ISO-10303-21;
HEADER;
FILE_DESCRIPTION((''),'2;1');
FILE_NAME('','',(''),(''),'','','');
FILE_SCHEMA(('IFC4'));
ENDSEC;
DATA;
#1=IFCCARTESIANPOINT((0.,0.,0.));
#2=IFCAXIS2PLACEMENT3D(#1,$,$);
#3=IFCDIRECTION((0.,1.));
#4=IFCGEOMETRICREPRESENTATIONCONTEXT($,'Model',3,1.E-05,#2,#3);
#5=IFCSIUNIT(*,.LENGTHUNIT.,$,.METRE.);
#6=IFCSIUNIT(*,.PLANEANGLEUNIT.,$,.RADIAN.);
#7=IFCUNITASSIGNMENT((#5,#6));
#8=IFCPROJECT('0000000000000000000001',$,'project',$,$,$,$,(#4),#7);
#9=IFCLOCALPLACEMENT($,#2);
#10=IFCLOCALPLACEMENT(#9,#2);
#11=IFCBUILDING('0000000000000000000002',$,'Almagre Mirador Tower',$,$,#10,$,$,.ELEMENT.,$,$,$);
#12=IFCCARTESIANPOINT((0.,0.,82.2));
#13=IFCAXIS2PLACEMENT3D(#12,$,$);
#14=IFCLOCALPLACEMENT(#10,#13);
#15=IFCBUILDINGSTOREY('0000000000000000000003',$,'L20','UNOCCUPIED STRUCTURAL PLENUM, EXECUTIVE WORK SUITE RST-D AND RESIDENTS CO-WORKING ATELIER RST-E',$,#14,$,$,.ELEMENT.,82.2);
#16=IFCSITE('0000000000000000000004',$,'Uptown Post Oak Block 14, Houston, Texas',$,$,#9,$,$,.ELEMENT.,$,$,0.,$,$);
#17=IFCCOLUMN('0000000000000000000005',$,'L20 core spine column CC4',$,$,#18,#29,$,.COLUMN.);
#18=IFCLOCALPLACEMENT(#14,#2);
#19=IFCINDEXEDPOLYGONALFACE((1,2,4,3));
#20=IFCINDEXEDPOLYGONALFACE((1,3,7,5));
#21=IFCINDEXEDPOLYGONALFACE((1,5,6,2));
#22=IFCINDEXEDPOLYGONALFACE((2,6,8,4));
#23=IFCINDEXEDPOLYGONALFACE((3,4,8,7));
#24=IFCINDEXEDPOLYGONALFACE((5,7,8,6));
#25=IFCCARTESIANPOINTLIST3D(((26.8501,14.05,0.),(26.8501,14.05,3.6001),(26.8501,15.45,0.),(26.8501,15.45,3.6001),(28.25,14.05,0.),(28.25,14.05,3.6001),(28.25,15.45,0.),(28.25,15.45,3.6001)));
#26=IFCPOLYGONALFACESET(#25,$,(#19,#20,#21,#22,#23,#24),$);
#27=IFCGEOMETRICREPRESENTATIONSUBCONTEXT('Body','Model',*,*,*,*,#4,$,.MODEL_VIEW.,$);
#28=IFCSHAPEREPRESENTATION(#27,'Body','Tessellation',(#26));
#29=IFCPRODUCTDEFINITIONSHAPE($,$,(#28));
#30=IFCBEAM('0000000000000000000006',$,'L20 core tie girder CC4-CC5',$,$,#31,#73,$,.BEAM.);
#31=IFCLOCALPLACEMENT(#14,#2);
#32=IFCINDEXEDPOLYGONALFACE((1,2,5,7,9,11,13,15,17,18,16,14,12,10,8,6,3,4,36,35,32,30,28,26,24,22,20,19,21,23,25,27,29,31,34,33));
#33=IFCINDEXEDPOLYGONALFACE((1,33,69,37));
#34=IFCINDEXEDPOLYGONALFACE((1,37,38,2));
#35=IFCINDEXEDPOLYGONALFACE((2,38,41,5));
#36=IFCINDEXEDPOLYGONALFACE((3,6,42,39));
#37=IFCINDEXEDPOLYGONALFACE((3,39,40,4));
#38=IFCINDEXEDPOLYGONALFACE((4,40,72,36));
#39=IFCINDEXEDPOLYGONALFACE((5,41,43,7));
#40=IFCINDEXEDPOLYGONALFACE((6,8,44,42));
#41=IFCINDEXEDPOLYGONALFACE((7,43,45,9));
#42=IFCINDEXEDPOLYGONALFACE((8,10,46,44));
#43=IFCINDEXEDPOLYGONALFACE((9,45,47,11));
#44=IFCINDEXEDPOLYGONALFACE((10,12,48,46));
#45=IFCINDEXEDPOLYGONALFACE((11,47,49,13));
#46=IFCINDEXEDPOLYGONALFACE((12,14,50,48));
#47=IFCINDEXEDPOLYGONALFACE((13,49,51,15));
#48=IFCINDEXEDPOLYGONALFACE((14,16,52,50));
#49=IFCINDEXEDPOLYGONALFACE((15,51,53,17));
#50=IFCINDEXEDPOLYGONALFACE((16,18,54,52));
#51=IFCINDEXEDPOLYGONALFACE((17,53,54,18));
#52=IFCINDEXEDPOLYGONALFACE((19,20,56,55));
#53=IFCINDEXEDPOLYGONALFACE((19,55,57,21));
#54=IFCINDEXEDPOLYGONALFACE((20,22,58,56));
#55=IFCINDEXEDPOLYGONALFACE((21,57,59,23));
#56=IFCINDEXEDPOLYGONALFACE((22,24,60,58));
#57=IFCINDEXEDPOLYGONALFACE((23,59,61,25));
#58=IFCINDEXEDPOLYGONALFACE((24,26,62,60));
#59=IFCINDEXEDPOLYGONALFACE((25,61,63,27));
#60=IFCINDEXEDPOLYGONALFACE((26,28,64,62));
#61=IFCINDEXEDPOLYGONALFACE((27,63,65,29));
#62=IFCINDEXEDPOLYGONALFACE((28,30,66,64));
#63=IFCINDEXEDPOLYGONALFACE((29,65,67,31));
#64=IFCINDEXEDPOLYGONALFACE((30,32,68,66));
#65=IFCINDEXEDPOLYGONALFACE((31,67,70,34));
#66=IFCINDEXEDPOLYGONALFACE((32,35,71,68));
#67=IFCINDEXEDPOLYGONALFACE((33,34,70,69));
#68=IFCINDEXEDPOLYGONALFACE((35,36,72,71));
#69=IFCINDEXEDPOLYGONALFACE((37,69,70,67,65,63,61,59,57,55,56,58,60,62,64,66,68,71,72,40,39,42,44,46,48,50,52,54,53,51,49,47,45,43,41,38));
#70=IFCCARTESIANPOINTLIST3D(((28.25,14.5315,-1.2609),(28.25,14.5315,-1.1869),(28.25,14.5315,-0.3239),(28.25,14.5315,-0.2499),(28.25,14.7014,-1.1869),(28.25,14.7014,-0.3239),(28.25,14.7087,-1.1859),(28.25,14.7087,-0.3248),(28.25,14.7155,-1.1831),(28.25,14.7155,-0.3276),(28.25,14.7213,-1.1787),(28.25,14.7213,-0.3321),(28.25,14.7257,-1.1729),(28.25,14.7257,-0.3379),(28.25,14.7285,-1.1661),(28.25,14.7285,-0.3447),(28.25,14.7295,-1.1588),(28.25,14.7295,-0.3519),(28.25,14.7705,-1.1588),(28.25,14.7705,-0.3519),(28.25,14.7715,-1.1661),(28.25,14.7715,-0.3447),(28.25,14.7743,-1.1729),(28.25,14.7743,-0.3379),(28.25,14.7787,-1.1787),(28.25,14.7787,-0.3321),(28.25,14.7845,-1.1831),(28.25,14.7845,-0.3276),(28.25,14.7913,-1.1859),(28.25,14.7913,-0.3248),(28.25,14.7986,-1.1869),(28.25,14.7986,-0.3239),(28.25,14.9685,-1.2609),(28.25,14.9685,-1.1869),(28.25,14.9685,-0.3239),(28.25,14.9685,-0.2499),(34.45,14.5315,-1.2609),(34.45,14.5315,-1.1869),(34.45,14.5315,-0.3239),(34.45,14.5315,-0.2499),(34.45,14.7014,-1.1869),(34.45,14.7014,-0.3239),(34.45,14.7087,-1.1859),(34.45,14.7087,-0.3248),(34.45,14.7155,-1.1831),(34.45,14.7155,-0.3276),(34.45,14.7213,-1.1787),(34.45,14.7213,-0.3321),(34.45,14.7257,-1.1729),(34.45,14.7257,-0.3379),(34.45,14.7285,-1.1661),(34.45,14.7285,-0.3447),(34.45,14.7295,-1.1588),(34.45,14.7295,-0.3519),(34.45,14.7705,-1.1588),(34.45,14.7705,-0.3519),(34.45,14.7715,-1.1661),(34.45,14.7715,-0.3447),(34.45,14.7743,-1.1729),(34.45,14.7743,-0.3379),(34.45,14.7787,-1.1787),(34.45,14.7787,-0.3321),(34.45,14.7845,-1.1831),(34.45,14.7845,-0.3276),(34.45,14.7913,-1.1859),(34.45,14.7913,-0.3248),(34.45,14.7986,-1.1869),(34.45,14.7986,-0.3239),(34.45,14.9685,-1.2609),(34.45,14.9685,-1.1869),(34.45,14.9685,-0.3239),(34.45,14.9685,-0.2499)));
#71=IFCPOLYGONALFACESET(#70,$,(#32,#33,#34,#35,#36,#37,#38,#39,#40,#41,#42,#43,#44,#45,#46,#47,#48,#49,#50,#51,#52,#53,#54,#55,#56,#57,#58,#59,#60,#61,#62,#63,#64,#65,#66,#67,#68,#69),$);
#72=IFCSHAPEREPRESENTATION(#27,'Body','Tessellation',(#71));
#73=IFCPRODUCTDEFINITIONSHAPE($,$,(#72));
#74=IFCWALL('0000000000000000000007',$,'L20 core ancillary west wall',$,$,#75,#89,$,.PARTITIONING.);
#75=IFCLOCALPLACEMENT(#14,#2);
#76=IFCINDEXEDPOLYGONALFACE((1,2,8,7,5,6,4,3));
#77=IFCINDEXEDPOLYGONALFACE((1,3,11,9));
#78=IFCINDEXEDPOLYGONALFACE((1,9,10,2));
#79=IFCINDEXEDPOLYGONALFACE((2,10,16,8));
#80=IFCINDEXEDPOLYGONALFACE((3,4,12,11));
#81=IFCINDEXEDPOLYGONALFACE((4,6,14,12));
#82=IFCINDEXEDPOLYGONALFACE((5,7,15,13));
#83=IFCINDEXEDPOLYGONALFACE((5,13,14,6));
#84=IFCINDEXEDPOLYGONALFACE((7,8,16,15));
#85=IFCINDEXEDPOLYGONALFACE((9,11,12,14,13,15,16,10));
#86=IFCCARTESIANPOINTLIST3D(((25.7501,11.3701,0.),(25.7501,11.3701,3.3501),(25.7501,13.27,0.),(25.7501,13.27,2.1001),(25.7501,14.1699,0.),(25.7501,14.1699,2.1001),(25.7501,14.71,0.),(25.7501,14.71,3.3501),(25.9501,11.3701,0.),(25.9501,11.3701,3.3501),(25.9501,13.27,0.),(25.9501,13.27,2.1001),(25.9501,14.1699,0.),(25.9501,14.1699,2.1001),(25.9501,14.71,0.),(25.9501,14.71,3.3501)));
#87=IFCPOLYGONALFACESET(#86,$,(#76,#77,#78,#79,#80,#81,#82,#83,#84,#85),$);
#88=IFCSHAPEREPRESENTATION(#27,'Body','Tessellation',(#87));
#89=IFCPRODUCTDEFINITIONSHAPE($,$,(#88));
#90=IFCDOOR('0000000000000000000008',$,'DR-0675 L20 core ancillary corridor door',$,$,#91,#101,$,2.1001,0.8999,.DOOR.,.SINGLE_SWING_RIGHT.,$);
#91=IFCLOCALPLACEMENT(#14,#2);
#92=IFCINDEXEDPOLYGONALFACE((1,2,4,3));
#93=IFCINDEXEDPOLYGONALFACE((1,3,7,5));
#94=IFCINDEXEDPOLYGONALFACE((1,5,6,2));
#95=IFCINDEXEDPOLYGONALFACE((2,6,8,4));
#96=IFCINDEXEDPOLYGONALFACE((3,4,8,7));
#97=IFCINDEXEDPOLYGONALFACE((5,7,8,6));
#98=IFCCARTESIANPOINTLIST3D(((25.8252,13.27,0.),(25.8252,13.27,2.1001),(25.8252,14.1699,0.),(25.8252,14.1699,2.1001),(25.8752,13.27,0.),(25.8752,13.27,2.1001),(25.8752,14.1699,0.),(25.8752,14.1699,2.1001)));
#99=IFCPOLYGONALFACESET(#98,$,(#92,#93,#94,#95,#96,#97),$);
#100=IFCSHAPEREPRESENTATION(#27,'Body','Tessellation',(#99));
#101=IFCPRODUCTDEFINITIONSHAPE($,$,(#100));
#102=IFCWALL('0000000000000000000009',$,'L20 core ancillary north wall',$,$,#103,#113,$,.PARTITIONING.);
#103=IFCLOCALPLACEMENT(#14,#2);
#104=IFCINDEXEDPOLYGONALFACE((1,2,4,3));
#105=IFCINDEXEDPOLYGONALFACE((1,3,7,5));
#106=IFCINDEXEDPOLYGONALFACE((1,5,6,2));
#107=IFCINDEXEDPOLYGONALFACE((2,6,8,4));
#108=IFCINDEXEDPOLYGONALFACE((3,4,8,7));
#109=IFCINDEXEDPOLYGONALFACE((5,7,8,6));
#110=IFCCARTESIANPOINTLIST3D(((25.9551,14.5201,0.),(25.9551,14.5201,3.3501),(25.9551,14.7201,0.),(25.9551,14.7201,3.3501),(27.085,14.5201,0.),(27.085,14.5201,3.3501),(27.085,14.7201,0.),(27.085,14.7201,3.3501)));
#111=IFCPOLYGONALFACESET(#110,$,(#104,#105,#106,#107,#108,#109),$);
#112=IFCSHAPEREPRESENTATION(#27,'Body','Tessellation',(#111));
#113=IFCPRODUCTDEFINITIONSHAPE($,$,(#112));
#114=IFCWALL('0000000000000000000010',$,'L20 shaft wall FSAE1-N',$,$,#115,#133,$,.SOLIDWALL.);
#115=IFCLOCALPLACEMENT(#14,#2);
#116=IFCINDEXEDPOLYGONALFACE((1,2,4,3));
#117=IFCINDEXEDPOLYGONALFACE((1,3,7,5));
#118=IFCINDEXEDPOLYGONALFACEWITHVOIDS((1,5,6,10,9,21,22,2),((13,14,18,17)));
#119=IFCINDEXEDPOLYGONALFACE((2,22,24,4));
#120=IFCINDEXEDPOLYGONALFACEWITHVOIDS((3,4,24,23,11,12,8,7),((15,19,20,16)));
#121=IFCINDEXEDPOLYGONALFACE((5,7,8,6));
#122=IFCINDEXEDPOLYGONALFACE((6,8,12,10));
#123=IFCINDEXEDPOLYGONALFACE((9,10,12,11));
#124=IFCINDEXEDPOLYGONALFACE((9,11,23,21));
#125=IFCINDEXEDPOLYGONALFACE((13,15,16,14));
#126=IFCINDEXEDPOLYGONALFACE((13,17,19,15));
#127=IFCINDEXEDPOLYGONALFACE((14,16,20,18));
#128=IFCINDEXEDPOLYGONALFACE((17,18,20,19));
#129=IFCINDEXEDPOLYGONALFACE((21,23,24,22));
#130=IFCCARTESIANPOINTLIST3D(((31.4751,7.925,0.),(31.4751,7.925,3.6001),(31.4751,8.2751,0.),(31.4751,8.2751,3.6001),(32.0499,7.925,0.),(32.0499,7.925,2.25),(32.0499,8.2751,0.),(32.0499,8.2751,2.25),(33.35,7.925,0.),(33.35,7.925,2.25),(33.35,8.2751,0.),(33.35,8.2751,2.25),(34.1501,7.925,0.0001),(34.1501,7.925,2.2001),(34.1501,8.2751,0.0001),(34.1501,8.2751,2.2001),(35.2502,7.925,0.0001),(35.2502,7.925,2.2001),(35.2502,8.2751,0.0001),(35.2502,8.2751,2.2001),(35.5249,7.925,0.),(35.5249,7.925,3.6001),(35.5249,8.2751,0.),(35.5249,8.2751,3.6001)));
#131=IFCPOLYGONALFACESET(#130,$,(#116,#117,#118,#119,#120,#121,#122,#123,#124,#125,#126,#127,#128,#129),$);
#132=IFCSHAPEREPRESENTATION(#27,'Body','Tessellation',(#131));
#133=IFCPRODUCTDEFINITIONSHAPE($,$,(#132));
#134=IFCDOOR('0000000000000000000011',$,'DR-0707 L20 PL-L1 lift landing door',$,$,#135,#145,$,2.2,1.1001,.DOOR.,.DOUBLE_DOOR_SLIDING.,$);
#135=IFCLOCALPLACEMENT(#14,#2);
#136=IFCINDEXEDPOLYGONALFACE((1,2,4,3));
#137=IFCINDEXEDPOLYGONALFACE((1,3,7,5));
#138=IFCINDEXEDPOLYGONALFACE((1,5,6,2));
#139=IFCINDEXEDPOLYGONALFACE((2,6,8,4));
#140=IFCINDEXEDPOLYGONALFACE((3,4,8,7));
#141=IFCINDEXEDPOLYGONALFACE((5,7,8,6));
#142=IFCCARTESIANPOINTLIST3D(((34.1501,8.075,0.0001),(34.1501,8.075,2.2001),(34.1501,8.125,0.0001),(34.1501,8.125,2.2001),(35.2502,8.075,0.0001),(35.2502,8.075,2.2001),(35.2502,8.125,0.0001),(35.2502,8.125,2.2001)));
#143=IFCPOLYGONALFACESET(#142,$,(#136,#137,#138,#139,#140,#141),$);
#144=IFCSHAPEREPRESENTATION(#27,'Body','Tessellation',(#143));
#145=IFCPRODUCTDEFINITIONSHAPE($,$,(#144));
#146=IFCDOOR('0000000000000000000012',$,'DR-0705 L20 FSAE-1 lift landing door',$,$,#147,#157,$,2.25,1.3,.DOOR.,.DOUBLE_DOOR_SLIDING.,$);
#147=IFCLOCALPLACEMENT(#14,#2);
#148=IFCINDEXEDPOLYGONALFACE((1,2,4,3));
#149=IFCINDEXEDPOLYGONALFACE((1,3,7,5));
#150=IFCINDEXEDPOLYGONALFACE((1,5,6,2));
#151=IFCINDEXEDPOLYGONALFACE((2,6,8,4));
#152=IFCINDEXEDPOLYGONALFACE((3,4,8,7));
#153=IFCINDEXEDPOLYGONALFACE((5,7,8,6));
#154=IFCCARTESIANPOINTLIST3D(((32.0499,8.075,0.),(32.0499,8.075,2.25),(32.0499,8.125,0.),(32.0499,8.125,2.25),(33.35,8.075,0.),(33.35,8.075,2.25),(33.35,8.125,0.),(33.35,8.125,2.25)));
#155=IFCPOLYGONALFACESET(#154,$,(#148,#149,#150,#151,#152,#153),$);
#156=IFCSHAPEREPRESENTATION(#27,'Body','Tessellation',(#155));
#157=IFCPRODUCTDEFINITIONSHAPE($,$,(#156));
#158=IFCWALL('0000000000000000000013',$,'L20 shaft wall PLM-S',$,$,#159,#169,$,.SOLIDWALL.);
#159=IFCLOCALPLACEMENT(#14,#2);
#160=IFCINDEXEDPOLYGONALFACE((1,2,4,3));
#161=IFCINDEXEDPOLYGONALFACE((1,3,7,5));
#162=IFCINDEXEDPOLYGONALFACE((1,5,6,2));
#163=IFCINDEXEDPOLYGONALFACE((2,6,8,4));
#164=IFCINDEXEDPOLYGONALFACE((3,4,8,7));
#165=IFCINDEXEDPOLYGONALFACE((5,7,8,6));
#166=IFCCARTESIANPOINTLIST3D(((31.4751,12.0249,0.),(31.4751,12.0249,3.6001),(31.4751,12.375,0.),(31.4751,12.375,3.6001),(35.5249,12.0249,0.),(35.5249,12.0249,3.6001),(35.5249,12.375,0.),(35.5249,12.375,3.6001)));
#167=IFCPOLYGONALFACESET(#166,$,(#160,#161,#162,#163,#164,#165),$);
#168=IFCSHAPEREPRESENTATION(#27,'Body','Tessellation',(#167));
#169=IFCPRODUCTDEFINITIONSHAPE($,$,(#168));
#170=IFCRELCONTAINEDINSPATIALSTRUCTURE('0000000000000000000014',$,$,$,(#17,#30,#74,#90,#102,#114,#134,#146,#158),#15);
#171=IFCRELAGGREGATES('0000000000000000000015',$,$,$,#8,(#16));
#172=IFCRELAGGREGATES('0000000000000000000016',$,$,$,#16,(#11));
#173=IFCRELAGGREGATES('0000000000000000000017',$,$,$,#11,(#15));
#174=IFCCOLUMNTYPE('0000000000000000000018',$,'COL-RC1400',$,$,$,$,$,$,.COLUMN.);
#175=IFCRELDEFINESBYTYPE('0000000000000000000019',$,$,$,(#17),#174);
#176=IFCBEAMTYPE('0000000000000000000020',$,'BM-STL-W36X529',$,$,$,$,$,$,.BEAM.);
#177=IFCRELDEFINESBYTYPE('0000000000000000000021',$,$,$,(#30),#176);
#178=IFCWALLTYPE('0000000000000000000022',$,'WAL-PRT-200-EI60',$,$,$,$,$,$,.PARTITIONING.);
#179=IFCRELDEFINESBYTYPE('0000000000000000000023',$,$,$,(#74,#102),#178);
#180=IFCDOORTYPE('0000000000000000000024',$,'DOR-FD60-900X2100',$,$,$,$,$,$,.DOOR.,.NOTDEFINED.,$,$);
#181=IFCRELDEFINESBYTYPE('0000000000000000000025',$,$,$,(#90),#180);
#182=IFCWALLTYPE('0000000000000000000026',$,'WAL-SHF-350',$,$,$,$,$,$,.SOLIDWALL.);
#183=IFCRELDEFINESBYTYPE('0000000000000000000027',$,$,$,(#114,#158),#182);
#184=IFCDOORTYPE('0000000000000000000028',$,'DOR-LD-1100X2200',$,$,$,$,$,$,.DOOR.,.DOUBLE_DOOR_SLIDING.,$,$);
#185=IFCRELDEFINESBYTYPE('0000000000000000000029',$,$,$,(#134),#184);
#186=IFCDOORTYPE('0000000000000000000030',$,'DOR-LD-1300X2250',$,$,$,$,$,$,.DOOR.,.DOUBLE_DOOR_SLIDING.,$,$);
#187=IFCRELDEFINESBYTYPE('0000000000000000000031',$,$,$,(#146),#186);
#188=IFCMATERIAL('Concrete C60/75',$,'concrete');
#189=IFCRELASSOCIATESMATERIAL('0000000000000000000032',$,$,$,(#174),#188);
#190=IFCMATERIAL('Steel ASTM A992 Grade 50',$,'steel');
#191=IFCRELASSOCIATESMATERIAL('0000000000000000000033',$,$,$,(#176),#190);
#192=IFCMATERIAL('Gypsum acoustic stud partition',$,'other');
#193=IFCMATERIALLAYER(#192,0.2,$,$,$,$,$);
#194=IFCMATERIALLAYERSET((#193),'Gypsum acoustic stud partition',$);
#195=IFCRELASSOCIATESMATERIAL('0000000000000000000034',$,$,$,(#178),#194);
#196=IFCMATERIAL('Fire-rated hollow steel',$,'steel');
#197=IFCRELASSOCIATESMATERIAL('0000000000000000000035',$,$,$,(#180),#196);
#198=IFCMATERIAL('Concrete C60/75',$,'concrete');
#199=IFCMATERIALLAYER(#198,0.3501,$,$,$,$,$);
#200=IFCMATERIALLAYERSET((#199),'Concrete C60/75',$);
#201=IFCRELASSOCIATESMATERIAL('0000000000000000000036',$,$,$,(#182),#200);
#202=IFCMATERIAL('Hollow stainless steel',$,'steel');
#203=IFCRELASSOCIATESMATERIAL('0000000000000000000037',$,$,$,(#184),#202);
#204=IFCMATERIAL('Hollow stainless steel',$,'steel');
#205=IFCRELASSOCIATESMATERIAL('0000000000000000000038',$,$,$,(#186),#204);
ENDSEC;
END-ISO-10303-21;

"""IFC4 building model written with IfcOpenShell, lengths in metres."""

from ifc_helpers import new_model, si_unit, direction, frame, frame_2d, origin, origin_2d, place, context, subcontext, project, spatial, rectangle, i_section, extrude, material, layer, layer_set, material_profile, profile_set, type_object, element, fill, save


model = new_model("IFC4")

# Units and contexts
model_context = context("Model", 3, precision=1e-05, world=origin(), true_north=direction((0.0, 1.0)))
body_context = subcontext(model_context, "Body", "Model", "MODEL_VIEW")
ifc_project = project(units=[si_unit("LENGTHUNIT", "METRE"), si_unit("PLANEANGLEUNIT", "RADIAN")], contexts=[model_context])

# Site, building, storey
site_placement = place(None, origin())
site = spatial("IfcSite", under=ifc_project, at=site_placement, Name="Uptown Post Oak Block 14, Houston, Texas", CompositionType="ELEMENT", RefElevation=0.0)
building_placement = place(site_placement, origin())
building = spatial("IfcBuilding", under=site, at=building_placement, Name="Almagre Mirador Tower", CompositionType="ELEMENT")
storey_placement = place(building_placement, frame((0.0, 0.0, 82.2)))
storey = spatial("IfcBuildingStorey", under=building, at=storey_placement, Name="L20", Description="UNOCCUPIED STRUCTURAL PLENUM, EXECUTIVE WORK SUITE RST-D AND RESIDENTS CO-WORKING ATELIER RST-E", CompositionType="ELEMENT", Elevation=82.2)

# Column
ifc_material_1 = material(Name="Concrete C60/75", Category="concrete")
ifc_material_profile_1 = material_profile(ifc_material_1, rectangle(XDim=1.3999, YDim=1.3999, at=origin_2d()), Name="RC1400X1400")
ifc_profile_set_1 = profile_set([ifc_material_profile_1], Name="Concrete C60/75")
column_type = type_object("IfcColumnType", Name="COL-RC1400", PredefinedType="COLUMN", material=ifc_profile_set_1)
column_placement = place(storey_placement, frame((27.55, 14.75, 0.0), z_axis=(0.0, 0.0, 1.0), x_axis=(1.0, 0.0, 0.0)))
element("IfcColumn", 1, at=column_placement, inside=storey, type_object=column_type, Name="L20 core spine column CC4", PredefinedType="COLUMN", context=body_context, shape_type="SweptSolid", body=[
    extrude(rectangle(XDim=1.3999, YDim=1.3999, at=origin_2d()), origin(), (0.0, 0.0, 1.0), 3.6001),
])

# Beam
ifc_material_2 = material(Name="Steel ASTM A992 Grade 50", Category="steel")
ifc_material_profile_2 = material_profile(ifc_material_2, i_section(OverallWidth=0.437, OverallDepth=1.011, WebThickness=0.041, FlangeThickness=0.074, FilletRadius=0.0281, at=origin_2d()), Name="W36X529")
ifc_profile_set_2 = profile_set([ifc_material_profile_2], Name="Steel ASTM A992 Grade 50")
beam_type = type_object("IfcBeamType", Name="BM-STL-W36X529", PredefinedType="BEAM", material=ifc_profile_set_2)
beam_placement = place(storey_placement, frame((28.25, 14.75, -0.7554), z_axis=(1.0, 0.0, 0.0), x_axis=(0.0, 1.0, 0.0)))
element("IfcBeam", 2, at=beam_placement, inside=storey, type_object=beam_type, Name="L20 core tie girder CC4-CC5", PredefinedType="BEAM", context=body_context, shape_type="SweptSolid", body=[
    extrude(i_section(OverallWidth=0.437, OverallDepth=1.011, WebThickness=0.041, FlangeThickness=0.074, FilletRadius=0.0281, at=origin_2d()), origin(), (0.0, 0.0, 1.0), 6.2),
])

# Wall, opening, door
ifc_material_3 = material(Name="Gypsum acoustic stud partition", Category="other")
ifc_layer_1 = layer(ifc_material_3, 0.2)
ifc_layer_set_1 = layer_set([ifc_layer_1], Name="Gypsum acoustic stud partition")
wall_type_1 = type_object("IfcWallType", Name="WAL-PRT-200-EI60", PredefinedType="PARTITIONING", material=ifc_layer_set_1)
wall_1_placement = place(storey_placement, frame((25.8501, 11.3701, 0.0), z_axis=(0.0, 0.0, 1.0), x_axis=(0.0, 1.0, 0.0)))
wall_1 = element("IfcWall", 3, at=wall_1_placement, inside=storey, type_object=wall_type_1, Name="L20 core ancillary west wall", PredefinedType="PARTITIONING", context=body_context, shape_type="SweptSolid", body=[
    extrude(rectangle(XDim=3.3398, YDim=0.2, at=frame_2d((1.6699, 0.0))), origin(), (0.0, 0.0, 1.0), 3.3501),
])
opening_1_placement = place(wall_1_placement, frame((1.8999, 0.0, 0.0)))
opening_1 = element("IfcOpeningElement", 4, at=opening_1_placement, cuts=wall_1, PredefinedType="OPENING", context=body_context, shape_type="SweptSolid", body=[
    extrude(rectangle(XDim=0.8999, YDim=2.1001, at=frame_2d((0.45, 1.05))), frame((0.0, 0.1101, 0.0), z_axis=(0.0, -1.0, 0.0), x_axis=(1.0, 0.0, 0.0)), (0.0, 0.0, 1.0), 0.22),
])
ifc_material_4 = material(Name="Fire-rated hollow steel", Category="steel")
door_type_1 = type_object("IfcDoorType", Name="DOR-FD60-900X2100", OperationType="NOTDEFINED", PredefinedType="DOOR", material=ifc_material_4)
door_1_placement = place(opening_1_placement, origin())
door_1 = element("IfcDoor", 5, at=door_1_placement, inside=storey, type_object=door_type_1, Name="DR-0675 L20 core ancillary corridor door", OperationType="SINGLE_SWING_RIGHT", OverallHeight=2.1001, OverallWidth=0.8999, PredefinedType="DOOR", context=body_context, shape_type="SweptSolid", body=[
    extrude(rectangle(XDim=0.8999, YDim=2.1001, at=frame_2d((0.45, 1.05))), frame((0.0, 0.0249, 0.0), z_axis=(0.0, -1.0, 0.0), x_axis=(1.0, 0.0, 0.0)), (0.0, 0.0, 1.0), 0.05),
])
fill(opening_1, door_1)

# Wall
wall_2_placement = place(storey_placement, frame((25.9551, 14.6201, 0.0), z_axis=(0.0, 0.0, 1.0), x_axis=(1.0, 0.0, 0.0)))
element("IfcWall", 6, at=wall_2_placement, inside=storey, type_object=wall_type_1, Name="L20 core ancillary north wall", PredefinedType="PARTITIONING", context=body_context, shape_type="SweptSolid", body=[
    extrude(rectangle(XDim=1.1299, YDim=0.2, at=frame_2d((0.5649, 0.0))), origin(), (0.0, 0.0, 1.0), 3.3501),
])

# Wall, openings, doors
ifc_material_5 = material(Name="Concrete C60/75", Category="concrete")
ifc_layer_2 = layer(ifc_material_5, 0.3501)
ifc_layer_set_2 = layer_set([ifc_layer_2], Name="Concrete C60/75")
wall_type_2 = type_object("IfcWallType", Name="WAL-SHF-350", PredefinedType="SOLIDWALL", material=ifc_layer_set_2)
wall_3_placement = place(storey_placement, frame((31.4751, 8.1001, 0.0), z_axis=(0.0, 0.0, 1.0), x_axis=(1.0, 0.0, 0.0)))
wall_3 = element("IfcWall", 7, at=wall_3_placement, inside=storey, type_object=wall_type_2, Name="L20 shaft wall FSAE1-N", PredefinedType="SOLIDWALL", context=body_context, shape_type="SweptSolid", body=[
    extrude(rectangle(XDim=4.0498, YDim=0.3501, at=frame_2d((2.0249, 0.0))), origin(), (0.0, 0.0, 1.0), 3.6001),
])
opening_2_placement = place(wall_3_placement, frame((0.575, 0.0, 0.0)))
opening_2 = element("IfcOpeningElement", 8, at=opening_2_placement, cuts=wall_3, PredefinedType="OPENING", context=body_context, shape_type="SweptSolid", body=[
    extrude(rectangle(XDim=1.3, YDim=2.25, at=frame_2d((0.6499, 1.125))), frame((0.0, 0.185, 0.0), z_axis=(0.0, -1.0, 0.0), x_axis=(1.0, 0.0, 0.0)), (0.0, 0.0, 1.0), 0.3701),
])
opening_3_placement = place(wall_3_placement, frame((2.675, 0.0, 0.0)))
opening_3 = element("IfcOpeningElement", 9, at=opening_3_placement, cuts=wall_3, PredefinedType="OPENING", context=body_context, shape_type="SweptSolid", body=[
    extrude(rectangle(XDim=1.1001, YDim=2.2, at=frame_2d((0.55, 1.1001))), frame((0.0, 0.185, 0.0), z_axis=(0.0, -1.0, 0.0), x_axis=(1.0, 0.0, 0.0)), (0.0, 0.0, 1.0), 0.3701),
])
ifc_material_6 = material(Name="Hollow stainless steel", Category="steel")
door_type_2 = type_object("IfcDoorType", Name="DOR-LD-1100X2200", OperationType="DOUBLE_DOOR_SLIDING", PredefinedType="DOOR", material=ifc_material_6)
door_2_placement = place(opening_3_placement, origin())
door_2 = element("IfcDoor", 10, at=door_2_placement, inside=storey, type_object=door_type_2, Name="DR-0707 L20 PL-L1 lift landing door", OperationType="DOUBLE_DOOR_SLIDING", OverallHeight=2.2, OverallWidth=1.1001, PredefinedType="DOOR", context=body_context, shape_type="SweptSolid", body=[
    extrude(rectangle(XDim=1.1001, YDim=2.2, at=frame_2d((0.55, 1.1001))), frame((0.0, 0.0249, 0.0), z_axis=(0.0, -1.0, 0.0), x_axis=(1.0, 0.0, 0.0)), (0.0, 0.0, 1.0), 0.05),
])
fill(opening_3, door_2)
ifc_material_7 = material(Name="Hollow stainless steel", Category="steel")
door_type_3 = type_object("IfcDoorType", Name="DOR-LD-1300X2250", OperationType="DOUBLE_DOOR_SLIDING", PredefinedType="DOOR", material=ifc_material_7)
door_3_placement = place(opening_2_placement, origin())
door_3 = element("IfcDoor", 11, at=door_3_placement, inside=storey, type_object=door_type_3, Name="DR-0705 L20 FSAE-1 lift landing door", OperationType="DOUBLE_DOOR_SLIDING", OverallHeight=2.25, OverallWidth=1.3, PredefinedType="DOOR", context=body_context, shape_type="SweptSolid", body=[
    extrude(rectangle(XDim=1.3, YDim=2.25, at=frame_2d((0.6499, 1.125))), frame((0.0, 0.0249, 0.0), z_axis=(0.0, -1.0, 0.0), x_axis=(1.0, 0.0, 0.0)), (0.0, 0.0, 1.0), 0.05),
])
fill(opening_2, door_3)

# Wall
wall_4_placement = place(storey_placement, frame((31.4751, 12.2, 0.0), z_axis=(0.0, 0.0, 1.0), x_axis=(1.0, 0.0, 0.0)))
element("IfcWall", 12, at=wall_4_placement, inside=storey, type_object=wall_type_2, Name="L20 shaft wall PLM-S", PredefinedType="SOLIDWALL", context=body_context, shape_type="SweptSolid", body=[
    extrude(rectangle(XDim=4.0498, YDim=0.3501, at=frame_2d((2.0249, 0.0))), origin(), (0.0, 0.0, 1.0), 3.6001),
])

save(model, "model.ifc")
